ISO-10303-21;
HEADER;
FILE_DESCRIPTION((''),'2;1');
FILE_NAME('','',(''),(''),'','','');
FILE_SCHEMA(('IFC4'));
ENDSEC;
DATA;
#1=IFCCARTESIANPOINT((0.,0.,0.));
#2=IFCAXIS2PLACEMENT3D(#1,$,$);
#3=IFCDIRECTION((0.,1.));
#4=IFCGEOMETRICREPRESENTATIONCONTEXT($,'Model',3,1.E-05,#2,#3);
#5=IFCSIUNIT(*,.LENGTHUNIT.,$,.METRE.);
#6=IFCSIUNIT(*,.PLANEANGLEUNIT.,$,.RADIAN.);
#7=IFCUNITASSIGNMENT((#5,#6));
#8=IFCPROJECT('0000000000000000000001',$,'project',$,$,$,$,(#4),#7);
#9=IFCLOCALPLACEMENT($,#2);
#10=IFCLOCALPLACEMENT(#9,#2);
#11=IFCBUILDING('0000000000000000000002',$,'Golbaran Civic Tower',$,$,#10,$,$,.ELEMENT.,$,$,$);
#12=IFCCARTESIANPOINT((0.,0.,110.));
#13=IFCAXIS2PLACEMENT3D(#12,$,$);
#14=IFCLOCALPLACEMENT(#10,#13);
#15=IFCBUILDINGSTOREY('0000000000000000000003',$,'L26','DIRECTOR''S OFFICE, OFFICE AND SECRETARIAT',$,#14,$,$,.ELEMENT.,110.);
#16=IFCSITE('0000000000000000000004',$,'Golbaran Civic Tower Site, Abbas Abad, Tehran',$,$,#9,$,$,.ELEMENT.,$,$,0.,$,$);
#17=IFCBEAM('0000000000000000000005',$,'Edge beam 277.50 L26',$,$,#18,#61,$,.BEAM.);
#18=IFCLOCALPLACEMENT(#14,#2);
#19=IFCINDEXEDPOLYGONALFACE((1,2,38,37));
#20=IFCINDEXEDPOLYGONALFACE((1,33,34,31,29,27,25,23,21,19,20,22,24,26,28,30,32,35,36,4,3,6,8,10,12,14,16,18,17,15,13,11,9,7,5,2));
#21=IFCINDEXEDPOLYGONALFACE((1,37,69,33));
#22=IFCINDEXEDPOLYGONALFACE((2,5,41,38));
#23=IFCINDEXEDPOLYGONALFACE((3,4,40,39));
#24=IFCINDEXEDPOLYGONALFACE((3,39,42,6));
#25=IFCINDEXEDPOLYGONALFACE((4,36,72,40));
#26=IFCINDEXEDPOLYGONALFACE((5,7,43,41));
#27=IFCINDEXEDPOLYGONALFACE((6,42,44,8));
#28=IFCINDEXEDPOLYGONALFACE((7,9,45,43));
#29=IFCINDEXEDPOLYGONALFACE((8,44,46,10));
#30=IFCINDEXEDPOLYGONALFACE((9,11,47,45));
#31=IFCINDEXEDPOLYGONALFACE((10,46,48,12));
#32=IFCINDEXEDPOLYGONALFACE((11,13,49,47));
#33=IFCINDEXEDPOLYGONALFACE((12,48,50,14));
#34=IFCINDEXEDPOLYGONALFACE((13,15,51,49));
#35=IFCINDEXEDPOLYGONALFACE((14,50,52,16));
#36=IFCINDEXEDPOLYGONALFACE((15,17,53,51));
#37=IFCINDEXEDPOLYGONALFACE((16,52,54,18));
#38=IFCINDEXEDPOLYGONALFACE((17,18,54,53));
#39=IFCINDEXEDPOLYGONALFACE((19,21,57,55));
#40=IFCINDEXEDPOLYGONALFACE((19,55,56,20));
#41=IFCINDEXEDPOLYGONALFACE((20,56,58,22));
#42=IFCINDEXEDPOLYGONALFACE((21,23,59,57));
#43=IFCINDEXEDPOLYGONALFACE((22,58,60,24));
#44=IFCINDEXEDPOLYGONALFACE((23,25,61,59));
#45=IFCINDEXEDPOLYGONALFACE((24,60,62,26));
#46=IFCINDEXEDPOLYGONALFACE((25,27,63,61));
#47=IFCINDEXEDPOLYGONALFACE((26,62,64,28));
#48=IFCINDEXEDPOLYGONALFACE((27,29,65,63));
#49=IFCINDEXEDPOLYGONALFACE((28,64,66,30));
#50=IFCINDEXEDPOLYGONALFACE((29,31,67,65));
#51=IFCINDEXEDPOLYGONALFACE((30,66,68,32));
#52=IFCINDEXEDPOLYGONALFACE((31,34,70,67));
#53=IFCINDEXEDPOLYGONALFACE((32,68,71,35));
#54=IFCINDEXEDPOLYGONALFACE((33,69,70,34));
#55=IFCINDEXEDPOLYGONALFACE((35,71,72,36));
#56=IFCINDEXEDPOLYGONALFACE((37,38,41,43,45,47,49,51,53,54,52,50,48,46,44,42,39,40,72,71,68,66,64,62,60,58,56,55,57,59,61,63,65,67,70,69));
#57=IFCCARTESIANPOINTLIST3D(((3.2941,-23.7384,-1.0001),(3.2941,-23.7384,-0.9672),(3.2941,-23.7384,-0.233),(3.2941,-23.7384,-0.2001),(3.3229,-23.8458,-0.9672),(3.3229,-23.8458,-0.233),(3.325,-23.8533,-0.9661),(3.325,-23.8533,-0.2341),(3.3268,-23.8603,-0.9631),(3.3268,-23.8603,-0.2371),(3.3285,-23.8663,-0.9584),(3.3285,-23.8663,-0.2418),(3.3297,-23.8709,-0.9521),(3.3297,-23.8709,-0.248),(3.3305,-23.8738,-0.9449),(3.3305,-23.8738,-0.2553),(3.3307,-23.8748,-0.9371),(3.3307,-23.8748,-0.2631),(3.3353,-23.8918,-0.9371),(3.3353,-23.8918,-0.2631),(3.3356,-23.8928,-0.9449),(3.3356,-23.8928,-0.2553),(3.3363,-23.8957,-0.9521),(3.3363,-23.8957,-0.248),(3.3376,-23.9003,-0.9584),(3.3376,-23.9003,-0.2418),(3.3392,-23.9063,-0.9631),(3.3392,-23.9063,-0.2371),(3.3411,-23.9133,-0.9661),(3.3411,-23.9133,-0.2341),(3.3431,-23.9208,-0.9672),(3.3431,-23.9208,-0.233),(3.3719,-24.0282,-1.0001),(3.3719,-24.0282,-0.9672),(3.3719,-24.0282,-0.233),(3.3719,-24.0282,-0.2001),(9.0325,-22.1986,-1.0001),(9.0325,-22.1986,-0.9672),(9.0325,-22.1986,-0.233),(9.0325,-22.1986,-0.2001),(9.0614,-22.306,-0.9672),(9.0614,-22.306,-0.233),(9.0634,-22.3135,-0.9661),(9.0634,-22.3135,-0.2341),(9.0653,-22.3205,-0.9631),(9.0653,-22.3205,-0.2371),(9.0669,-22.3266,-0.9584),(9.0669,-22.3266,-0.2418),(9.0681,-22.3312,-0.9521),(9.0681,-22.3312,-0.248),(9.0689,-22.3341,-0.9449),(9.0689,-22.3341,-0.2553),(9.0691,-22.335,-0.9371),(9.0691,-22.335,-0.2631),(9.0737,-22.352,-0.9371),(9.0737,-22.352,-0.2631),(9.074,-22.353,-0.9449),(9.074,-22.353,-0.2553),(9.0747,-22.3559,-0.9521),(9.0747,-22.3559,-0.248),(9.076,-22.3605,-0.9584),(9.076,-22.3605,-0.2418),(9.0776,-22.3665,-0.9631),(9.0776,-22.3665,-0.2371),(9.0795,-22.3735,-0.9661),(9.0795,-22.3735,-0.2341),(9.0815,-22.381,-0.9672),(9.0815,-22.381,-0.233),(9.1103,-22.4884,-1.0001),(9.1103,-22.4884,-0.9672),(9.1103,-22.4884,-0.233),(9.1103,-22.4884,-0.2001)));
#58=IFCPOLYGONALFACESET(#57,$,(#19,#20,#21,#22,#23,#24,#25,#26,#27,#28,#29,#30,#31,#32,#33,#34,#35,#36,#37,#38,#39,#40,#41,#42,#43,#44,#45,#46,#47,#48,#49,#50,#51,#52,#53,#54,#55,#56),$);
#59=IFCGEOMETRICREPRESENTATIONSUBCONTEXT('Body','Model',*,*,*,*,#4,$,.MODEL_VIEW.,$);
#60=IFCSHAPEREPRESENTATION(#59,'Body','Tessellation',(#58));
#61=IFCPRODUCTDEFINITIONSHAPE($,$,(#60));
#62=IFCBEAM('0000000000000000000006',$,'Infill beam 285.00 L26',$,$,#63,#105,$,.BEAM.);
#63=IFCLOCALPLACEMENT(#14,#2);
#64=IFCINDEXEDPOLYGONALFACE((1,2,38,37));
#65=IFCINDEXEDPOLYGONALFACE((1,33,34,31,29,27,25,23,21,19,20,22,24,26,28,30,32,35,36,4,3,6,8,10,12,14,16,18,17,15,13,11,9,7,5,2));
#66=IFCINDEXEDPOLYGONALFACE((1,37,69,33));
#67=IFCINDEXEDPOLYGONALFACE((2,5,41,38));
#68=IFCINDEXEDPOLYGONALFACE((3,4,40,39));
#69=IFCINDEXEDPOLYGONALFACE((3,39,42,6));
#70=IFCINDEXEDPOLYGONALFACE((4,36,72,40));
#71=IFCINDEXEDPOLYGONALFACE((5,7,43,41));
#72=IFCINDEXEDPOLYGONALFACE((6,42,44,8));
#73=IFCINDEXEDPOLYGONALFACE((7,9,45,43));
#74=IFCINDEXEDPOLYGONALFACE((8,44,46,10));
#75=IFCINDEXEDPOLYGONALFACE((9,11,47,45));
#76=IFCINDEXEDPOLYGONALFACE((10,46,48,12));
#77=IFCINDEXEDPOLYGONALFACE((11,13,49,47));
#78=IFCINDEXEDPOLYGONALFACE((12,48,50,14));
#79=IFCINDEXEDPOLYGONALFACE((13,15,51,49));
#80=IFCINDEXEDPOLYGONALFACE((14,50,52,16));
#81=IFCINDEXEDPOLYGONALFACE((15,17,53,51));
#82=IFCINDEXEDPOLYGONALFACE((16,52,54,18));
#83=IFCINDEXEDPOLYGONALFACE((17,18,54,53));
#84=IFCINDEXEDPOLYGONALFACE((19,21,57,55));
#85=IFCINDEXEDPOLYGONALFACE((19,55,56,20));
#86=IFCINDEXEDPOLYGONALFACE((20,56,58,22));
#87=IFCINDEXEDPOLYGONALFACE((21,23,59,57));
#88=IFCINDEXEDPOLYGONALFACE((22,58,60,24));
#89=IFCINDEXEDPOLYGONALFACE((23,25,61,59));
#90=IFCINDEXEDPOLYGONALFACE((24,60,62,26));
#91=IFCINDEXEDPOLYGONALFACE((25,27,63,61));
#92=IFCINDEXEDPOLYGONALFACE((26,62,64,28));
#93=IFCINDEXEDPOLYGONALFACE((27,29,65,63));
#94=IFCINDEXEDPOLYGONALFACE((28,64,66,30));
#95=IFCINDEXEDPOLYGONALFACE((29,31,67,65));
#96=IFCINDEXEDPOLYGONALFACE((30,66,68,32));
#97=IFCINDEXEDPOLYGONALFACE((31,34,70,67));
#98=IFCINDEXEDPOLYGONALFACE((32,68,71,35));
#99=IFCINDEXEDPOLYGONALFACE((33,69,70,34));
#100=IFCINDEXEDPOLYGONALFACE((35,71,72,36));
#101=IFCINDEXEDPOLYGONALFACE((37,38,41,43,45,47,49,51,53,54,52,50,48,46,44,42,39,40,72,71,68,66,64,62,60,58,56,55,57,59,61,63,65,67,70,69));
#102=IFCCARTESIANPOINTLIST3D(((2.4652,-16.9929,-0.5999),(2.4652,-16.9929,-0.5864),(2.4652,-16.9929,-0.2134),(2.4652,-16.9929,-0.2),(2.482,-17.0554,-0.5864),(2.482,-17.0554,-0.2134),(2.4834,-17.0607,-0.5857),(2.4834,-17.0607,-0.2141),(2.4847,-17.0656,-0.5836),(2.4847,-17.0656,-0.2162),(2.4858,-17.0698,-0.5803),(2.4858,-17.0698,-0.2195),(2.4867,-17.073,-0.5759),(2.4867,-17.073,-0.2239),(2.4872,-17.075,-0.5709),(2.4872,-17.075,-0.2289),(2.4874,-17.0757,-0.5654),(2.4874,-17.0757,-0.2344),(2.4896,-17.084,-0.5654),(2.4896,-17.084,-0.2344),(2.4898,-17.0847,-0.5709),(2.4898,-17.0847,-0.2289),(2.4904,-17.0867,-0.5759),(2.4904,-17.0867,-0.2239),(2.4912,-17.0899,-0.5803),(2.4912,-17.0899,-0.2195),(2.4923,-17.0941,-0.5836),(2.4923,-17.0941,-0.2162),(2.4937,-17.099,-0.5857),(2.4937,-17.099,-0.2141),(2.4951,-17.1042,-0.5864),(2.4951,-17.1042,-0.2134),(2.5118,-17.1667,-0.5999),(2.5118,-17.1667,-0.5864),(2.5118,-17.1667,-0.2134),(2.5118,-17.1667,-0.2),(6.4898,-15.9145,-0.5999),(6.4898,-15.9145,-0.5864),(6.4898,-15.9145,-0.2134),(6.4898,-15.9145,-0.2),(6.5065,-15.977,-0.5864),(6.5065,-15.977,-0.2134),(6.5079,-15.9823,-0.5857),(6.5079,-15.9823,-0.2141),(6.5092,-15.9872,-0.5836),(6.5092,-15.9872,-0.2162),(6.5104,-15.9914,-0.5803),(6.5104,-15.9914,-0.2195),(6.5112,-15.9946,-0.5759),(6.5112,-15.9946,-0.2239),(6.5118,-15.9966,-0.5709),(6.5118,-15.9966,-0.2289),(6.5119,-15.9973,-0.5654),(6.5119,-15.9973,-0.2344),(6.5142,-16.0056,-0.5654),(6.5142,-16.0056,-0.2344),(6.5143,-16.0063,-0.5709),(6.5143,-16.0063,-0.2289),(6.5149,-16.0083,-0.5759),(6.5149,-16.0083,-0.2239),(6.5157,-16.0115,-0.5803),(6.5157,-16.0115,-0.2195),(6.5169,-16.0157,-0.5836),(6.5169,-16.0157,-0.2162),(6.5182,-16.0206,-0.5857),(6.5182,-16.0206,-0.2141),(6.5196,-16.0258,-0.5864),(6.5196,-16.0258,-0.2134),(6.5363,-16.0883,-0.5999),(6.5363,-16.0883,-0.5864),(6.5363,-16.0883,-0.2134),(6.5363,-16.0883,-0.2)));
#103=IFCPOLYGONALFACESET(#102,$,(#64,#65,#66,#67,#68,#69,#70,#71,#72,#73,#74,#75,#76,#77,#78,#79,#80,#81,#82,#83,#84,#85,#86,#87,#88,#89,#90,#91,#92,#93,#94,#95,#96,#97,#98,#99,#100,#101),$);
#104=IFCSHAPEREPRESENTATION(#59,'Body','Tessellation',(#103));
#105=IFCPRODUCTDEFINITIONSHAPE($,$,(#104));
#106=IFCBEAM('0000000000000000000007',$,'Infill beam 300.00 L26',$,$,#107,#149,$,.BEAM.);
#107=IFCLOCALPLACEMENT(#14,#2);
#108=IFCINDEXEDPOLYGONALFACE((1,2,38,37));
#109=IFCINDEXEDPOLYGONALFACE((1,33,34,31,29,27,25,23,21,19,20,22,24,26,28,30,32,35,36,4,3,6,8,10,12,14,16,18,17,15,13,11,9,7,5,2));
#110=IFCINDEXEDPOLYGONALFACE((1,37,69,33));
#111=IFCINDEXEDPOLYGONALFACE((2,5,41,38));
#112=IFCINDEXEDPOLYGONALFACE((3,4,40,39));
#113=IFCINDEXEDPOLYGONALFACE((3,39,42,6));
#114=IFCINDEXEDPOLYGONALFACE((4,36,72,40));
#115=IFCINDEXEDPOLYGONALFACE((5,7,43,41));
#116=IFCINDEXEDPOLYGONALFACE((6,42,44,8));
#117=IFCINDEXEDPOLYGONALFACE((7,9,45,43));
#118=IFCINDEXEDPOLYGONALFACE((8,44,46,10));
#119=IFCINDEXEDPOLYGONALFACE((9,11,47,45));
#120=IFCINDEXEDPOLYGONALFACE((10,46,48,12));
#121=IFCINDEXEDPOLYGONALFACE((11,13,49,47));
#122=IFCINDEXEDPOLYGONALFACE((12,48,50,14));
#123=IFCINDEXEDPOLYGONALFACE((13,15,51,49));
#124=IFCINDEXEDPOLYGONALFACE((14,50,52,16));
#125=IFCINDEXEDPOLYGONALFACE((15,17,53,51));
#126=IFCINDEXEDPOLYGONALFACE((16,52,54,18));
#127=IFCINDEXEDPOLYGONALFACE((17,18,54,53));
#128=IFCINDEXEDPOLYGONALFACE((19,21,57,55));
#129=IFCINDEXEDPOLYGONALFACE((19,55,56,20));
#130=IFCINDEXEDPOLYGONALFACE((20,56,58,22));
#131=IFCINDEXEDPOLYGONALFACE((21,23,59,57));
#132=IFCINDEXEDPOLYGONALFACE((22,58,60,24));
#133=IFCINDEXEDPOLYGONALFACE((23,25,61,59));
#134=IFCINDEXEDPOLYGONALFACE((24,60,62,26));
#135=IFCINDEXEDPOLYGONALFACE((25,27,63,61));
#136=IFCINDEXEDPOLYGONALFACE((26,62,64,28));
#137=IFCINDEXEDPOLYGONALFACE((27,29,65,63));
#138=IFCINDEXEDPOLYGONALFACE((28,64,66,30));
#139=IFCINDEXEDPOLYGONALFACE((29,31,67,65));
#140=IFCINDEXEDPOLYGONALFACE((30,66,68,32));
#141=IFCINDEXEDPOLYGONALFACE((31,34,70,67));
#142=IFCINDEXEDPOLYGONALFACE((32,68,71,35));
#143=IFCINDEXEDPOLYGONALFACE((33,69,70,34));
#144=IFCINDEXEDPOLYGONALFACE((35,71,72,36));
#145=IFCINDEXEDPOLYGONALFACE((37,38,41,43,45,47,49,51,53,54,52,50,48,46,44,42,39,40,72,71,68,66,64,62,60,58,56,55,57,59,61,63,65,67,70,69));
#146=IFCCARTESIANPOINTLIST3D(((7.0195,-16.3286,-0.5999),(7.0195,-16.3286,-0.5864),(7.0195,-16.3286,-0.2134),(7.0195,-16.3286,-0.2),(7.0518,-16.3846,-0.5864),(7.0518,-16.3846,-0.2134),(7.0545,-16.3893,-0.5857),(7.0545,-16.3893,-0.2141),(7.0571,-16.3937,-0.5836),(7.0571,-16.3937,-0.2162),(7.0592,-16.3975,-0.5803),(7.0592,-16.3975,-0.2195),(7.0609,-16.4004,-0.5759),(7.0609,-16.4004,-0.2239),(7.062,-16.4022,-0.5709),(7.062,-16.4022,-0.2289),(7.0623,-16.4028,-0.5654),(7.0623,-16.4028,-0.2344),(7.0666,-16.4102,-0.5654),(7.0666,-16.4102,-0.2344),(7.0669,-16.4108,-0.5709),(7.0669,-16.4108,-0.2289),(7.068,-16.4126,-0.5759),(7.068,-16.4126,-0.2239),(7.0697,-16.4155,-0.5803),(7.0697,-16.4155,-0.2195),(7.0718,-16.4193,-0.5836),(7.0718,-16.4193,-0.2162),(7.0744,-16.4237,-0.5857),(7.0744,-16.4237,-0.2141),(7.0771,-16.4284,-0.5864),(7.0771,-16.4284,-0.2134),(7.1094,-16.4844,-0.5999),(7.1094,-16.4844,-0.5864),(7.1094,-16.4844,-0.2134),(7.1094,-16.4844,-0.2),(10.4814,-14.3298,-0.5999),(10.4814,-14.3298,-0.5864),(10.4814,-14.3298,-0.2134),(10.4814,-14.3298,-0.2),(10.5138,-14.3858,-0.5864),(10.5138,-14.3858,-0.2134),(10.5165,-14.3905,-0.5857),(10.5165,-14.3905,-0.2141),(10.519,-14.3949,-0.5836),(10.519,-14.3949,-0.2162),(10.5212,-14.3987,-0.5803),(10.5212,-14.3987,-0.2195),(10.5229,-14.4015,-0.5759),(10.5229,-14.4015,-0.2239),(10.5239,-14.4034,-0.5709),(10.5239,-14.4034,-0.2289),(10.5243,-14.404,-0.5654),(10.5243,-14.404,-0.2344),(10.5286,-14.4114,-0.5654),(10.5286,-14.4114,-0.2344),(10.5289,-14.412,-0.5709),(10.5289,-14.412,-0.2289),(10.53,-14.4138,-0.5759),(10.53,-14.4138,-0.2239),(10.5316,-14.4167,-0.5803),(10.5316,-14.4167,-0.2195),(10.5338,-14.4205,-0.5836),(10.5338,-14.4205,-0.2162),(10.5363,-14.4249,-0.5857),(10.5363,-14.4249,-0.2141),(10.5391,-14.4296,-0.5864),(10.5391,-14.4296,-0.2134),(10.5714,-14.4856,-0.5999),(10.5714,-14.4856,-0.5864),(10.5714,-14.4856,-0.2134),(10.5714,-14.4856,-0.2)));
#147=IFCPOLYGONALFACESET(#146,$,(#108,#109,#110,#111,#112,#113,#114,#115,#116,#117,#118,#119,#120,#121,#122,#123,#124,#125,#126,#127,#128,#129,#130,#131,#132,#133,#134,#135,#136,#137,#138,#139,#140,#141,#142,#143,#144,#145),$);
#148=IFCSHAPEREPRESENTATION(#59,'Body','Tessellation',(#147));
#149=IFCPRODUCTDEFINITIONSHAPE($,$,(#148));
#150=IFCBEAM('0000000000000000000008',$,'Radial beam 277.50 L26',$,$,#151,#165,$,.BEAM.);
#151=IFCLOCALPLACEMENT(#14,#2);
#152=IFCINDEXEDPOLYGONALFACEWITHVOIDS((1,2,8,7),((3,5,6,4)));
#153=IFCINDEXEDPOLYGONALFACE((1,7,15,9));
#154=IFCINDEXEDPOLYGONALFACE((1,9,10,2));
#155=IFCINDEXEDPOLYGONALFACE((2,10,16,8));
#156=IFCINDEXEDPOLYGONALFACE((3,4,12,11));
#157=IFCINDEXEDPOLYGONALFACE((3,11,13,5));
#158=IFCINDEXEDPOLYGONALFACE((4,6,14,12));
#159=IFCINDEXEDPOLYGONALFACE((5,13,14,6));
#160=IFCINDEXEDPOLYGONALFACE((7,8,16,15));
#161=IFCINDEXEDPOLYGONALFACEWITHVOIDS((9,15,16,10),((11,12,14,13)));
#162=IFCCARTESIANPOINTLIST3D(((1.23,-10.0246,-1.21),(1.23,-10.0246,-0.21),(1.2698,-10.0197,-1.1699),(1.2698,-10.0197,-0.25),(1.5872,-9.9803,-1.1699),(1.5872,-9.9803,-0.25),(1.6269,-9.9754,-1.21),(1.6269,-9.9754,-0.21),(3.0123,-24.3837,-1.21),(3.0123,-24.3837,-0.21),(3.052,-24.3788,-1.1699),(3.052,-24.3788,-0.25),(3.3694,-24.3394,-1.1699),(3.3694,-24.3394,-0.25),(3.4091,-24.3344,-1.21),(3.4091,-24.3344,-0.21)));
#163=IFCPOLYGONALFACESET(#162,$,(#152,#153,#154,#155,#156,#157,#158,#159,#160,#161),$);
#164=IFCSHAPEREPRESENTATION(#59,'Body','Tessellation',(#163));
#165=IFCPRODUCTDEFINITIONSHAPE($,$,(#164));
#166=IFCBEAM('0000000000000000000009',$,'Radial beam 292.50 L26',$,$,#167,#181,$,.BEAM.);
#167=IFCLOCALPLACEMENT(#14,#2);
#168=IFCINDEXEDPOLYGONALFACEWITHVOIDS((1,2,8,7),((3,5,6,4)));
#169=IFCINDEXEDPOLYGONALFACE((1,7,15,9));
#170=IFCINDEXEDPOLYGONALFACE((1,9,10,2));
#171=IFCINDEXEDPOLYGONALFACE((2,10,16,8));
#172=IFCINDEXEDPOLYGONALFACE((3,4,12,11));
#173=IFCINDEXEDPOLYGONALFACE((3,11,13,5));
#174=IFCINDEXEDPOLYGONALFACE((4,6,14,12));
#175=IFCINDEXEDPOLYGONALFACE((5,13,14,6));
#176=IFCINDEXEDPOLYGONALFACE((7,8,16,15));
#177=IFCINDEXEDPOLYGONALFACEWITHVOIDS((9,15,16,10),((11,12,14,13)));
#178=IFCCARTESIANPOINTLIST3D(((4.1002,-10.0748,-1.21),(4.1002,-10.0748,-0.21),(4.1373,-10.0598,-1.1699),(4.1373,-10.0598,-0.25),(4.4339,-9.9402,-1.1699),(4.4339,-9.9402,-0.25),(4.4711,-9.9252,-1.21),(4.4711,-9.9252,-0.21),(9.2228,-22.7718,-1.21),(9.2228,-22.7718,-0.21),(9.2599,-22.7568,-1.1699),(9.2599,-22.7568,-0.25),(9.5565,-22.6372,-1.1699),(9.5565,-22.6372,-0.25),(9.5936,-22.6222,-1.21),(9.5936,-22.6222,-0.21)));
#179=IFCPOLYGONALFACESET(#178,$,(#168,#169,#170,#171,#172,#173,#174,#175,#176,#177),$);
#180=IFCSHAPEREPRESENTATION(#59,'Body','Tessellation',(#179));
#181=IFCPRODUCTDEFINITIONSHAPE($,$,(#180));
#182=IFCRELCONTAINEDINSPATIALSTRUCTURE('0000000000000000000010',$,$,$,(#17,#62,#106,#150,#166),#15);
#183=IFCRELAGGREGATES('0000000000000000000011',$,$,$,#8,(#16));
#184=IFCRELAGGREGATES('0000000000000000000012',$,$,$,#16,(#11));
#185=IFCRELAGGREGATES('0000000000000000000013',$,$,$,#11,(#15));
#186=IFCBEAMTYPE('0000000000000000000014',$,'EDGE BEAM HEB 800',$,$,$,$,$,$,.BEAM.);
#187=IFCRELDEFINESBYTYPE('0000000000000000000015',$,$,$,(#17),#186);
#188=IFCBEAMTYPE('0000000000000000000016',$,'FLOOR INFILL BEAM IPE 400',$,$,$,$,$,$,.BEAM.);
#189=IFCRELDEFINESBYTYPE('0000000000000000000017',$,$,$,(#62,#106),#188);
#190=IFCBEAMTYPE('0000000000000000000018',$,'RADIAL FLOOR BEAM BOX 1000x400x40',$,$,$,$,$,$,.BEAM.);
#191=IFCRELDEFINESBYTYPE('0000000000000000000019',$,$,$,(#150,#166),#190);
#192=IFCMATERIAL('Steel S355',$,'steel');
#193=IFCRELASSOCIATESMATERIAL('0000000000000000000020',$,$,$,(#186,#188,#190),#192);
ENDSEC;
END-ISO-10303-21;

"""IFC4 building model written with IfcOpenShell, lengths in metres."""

from ifc_helpers import new_model, si_unit, direction, frame, origin, origin_2d, place, context, subcontext, project, spatial, hollow_rectangle, i_section, extrude, material, material_profile, profile_set, type_object, element, save


model = new_model("IFC4")

# Units and contexts
model_context = context("Model", 3, precision=1e-05, world=origin(), true_north=direction((0.0, 1.0)))
body_context = subcontext(model_context, "Body", "Model", "MODEL_VIEW")
ifc_project = project(units=[si_unit("LENGTHUNIT", "METRE"), si_unit("PLANEANGLEUNIT", "RADIAN")], contexts=[model_context])

# Site, building, storey
site_placement = place(None, origin())
site = spatial("IfcSite", under=ifc_project, at=site_placement, Name="Golbaran Civic Tower Site, Abbas Abad, Tehran", CompositionType="ELEMENT", RefElevation=0.0)
building_placement = place(site_placement, origin())
building = spatial("IfcBuilding", under=site, at=building_placement, Name="Golbaran Civic Tower", CompositionType="ELEMENT")
storey_placement = place(building_placement, frame((0.0, 0.0, 110.0)))
storey = spatial("IfcBuildingStorey", under=building, at=storey_placement, Name="L26", Description="DIRECTOR'S OFFICE, OFFICE AND SECRETARIAT", CompositionType="ELEMENT", Elevation=110.0)

# Beams
ifc_material_1 = material(Name="Steel S355", Category="steel")
ifc_material_profile_1 = material_profile(ifc_material_1, i_section(OverallWidth=0.3, OverallDepth=0.8, WebThickness=0.0176, FlangeThickness=0.033, FilletRadius=0.03, at=origin_2d()), Name="HEB 800")
ifc_profile_set_1 = profile_set([ifc_material_profile_1], Name="Steel S355")
beam_type_1 = type_object("IfcBeamType", Name="EDGE BEAM HEB 800", PredefinedType="BEAM", material=ifc_profile_set_1)
beam_1_placement = place(storey_placement, frame((3.333, -23.8833, -0.6001), z_axis=(0.965835, 0.259158, 0.0), x_axis=(-0.259158, 0.965835, 0.0)))
element("IfcBeam", 1, at=beam_1_placement, inside=storey, type_object=beam_type_1, Name="Edge beam 277.50 L26", PredefinedType="BEAM", context=body_context, shape_type="SweptSolid", body=[
    extrude(i_section(OverallWidth=0.3, OverallDepth=0.8, WebThickness=0.0176, FlangeThickness=0.033, FilletRadius=0.03, at=origin_2d()), origin(), (0.0, 0.0, 1.0), 5.9414),
])
ifc_material_profile_2 = material_profile(ifc_material_1, i_section(OverallWidth=0.1799, OverallDepth=0.3999, WebThickness=0.0085, FlangeThickness=0.0134, FilletRadius=0.021, at=origin_2d()), Name="IPE 400")
ifc_profile_set_2 = profile_set([ifc_material_profile_2], Name="Steel S355")
beam_type_2 = type_object("IfcBeamType", Name="FLOOR INFILL BEAM IPE 400", PredefinedType="BEAM", material=ifc_profile_set_2)
beam_2_placement = place(storey_placement, frame((2.4885, -17.0798, -0.3999), z_axis=(0.965924, 0.258826, 0.0), x_axis=(-0.258826, 0.965924, 0.0)))
element("IfcBeam", 2, at=beam_2_placement, inside=storey, type_object=beam_type_2, Name="Infill beam 285.00 L26", PredefinedType="BEAM", context=body_context, shape_type="SweptSolid", body=[
    extrude(i_section(OverallWidth=0.1799, OverallDepth=0.3999, WebThickness=0.0085, FlangeThickness=0.0134, FilletRadius=0.021, at=origin_2d()), origin(), (0.0, 0.0, 1.0), 4.1665),
])
beam_3_placement = place(storey_placement, frame((7.0645, -16.4065, -0.3999), z_axis=(0.866021, 0.500008, 0.0), x_axis=(-0.500008, 0.866021, 0.0)))
element("IfcBeam", 3, at=beam_3_placement, inside=storey, type_object=beam_type_2, Name="Infill beam 300.00 L26", PredefinedType="BEAM", context=body_context, shape_type="SweptSolid", body=[
    extrude(i_section(OverallWidth=0.1799, OverallDepth=0.3999, WebThickness=0.0085, FlangeThickness=0.0134, FilletRadius=0.021, at=origin_2d()), origin(), (0.0, 0.0, 1.0), 3.9976),
])
ifc_material_profile_3 = material_profile(ifc_material_1, hollow_rectangle(XDim=0.3999, YDim=1.0, WallThickness=0.04, at=origin_2d()), Name="BOX 1000x400x40")
ifc_profile_set_3 = profile_set([ifc_material_profile_3], Name="Steel S355")
beam_type_3 = type_object("IfcBeamType", Name="RADIAL FLOOR BEAM BOX 1000x400x40", PredefinedType="BEAM", material=ifc_profile_set_3)
beam_4_placement = place(storey_placement, frame((1.4285, -10.0, -0.71), z_axis=(0.123173, -0.992385, 0.0), x_axis=(0.992385, 0.123173, 0.0)))
element("IfcBeam", 4, at=beam_4_placement, inside=storey, type_object=beam_type_3, Name="Radial beam 277.50 L26", PredefinedType="BEAM", context=body_context, shape_type="SweptSolid", body=[
    extrude(hollow_rectangle(XDim=0.3999, YDim=1.0, WallThickness=0.04, at=origin_2d()), origin(), (0.0, 0.0, 1.0), 14.4692),
])
beam_5_placement = place(storey_placement, frame((4.2856, -10.0, -0.71), z_axis=(0.374144, -0.927371, 0.0), x_axis=(0.927371, 0.374144, 0.0)))
element("IfcBeam", 5, at=beam_5_placement, inside=storey, type_object=beam_type_3, Name="Radial beam 292.50 L26", PredefinedType="BEAM", context=body_context, shape_type="SweptSolid", body=[
    extrude(hollow_rectangle(XDim=0.3999, YDim=1.0, WallThickness=0.04, at=origin_2d()), origin(), (0.0, 0.0, 1.0), 13.6914),
])

save(model, "model.ifc")
